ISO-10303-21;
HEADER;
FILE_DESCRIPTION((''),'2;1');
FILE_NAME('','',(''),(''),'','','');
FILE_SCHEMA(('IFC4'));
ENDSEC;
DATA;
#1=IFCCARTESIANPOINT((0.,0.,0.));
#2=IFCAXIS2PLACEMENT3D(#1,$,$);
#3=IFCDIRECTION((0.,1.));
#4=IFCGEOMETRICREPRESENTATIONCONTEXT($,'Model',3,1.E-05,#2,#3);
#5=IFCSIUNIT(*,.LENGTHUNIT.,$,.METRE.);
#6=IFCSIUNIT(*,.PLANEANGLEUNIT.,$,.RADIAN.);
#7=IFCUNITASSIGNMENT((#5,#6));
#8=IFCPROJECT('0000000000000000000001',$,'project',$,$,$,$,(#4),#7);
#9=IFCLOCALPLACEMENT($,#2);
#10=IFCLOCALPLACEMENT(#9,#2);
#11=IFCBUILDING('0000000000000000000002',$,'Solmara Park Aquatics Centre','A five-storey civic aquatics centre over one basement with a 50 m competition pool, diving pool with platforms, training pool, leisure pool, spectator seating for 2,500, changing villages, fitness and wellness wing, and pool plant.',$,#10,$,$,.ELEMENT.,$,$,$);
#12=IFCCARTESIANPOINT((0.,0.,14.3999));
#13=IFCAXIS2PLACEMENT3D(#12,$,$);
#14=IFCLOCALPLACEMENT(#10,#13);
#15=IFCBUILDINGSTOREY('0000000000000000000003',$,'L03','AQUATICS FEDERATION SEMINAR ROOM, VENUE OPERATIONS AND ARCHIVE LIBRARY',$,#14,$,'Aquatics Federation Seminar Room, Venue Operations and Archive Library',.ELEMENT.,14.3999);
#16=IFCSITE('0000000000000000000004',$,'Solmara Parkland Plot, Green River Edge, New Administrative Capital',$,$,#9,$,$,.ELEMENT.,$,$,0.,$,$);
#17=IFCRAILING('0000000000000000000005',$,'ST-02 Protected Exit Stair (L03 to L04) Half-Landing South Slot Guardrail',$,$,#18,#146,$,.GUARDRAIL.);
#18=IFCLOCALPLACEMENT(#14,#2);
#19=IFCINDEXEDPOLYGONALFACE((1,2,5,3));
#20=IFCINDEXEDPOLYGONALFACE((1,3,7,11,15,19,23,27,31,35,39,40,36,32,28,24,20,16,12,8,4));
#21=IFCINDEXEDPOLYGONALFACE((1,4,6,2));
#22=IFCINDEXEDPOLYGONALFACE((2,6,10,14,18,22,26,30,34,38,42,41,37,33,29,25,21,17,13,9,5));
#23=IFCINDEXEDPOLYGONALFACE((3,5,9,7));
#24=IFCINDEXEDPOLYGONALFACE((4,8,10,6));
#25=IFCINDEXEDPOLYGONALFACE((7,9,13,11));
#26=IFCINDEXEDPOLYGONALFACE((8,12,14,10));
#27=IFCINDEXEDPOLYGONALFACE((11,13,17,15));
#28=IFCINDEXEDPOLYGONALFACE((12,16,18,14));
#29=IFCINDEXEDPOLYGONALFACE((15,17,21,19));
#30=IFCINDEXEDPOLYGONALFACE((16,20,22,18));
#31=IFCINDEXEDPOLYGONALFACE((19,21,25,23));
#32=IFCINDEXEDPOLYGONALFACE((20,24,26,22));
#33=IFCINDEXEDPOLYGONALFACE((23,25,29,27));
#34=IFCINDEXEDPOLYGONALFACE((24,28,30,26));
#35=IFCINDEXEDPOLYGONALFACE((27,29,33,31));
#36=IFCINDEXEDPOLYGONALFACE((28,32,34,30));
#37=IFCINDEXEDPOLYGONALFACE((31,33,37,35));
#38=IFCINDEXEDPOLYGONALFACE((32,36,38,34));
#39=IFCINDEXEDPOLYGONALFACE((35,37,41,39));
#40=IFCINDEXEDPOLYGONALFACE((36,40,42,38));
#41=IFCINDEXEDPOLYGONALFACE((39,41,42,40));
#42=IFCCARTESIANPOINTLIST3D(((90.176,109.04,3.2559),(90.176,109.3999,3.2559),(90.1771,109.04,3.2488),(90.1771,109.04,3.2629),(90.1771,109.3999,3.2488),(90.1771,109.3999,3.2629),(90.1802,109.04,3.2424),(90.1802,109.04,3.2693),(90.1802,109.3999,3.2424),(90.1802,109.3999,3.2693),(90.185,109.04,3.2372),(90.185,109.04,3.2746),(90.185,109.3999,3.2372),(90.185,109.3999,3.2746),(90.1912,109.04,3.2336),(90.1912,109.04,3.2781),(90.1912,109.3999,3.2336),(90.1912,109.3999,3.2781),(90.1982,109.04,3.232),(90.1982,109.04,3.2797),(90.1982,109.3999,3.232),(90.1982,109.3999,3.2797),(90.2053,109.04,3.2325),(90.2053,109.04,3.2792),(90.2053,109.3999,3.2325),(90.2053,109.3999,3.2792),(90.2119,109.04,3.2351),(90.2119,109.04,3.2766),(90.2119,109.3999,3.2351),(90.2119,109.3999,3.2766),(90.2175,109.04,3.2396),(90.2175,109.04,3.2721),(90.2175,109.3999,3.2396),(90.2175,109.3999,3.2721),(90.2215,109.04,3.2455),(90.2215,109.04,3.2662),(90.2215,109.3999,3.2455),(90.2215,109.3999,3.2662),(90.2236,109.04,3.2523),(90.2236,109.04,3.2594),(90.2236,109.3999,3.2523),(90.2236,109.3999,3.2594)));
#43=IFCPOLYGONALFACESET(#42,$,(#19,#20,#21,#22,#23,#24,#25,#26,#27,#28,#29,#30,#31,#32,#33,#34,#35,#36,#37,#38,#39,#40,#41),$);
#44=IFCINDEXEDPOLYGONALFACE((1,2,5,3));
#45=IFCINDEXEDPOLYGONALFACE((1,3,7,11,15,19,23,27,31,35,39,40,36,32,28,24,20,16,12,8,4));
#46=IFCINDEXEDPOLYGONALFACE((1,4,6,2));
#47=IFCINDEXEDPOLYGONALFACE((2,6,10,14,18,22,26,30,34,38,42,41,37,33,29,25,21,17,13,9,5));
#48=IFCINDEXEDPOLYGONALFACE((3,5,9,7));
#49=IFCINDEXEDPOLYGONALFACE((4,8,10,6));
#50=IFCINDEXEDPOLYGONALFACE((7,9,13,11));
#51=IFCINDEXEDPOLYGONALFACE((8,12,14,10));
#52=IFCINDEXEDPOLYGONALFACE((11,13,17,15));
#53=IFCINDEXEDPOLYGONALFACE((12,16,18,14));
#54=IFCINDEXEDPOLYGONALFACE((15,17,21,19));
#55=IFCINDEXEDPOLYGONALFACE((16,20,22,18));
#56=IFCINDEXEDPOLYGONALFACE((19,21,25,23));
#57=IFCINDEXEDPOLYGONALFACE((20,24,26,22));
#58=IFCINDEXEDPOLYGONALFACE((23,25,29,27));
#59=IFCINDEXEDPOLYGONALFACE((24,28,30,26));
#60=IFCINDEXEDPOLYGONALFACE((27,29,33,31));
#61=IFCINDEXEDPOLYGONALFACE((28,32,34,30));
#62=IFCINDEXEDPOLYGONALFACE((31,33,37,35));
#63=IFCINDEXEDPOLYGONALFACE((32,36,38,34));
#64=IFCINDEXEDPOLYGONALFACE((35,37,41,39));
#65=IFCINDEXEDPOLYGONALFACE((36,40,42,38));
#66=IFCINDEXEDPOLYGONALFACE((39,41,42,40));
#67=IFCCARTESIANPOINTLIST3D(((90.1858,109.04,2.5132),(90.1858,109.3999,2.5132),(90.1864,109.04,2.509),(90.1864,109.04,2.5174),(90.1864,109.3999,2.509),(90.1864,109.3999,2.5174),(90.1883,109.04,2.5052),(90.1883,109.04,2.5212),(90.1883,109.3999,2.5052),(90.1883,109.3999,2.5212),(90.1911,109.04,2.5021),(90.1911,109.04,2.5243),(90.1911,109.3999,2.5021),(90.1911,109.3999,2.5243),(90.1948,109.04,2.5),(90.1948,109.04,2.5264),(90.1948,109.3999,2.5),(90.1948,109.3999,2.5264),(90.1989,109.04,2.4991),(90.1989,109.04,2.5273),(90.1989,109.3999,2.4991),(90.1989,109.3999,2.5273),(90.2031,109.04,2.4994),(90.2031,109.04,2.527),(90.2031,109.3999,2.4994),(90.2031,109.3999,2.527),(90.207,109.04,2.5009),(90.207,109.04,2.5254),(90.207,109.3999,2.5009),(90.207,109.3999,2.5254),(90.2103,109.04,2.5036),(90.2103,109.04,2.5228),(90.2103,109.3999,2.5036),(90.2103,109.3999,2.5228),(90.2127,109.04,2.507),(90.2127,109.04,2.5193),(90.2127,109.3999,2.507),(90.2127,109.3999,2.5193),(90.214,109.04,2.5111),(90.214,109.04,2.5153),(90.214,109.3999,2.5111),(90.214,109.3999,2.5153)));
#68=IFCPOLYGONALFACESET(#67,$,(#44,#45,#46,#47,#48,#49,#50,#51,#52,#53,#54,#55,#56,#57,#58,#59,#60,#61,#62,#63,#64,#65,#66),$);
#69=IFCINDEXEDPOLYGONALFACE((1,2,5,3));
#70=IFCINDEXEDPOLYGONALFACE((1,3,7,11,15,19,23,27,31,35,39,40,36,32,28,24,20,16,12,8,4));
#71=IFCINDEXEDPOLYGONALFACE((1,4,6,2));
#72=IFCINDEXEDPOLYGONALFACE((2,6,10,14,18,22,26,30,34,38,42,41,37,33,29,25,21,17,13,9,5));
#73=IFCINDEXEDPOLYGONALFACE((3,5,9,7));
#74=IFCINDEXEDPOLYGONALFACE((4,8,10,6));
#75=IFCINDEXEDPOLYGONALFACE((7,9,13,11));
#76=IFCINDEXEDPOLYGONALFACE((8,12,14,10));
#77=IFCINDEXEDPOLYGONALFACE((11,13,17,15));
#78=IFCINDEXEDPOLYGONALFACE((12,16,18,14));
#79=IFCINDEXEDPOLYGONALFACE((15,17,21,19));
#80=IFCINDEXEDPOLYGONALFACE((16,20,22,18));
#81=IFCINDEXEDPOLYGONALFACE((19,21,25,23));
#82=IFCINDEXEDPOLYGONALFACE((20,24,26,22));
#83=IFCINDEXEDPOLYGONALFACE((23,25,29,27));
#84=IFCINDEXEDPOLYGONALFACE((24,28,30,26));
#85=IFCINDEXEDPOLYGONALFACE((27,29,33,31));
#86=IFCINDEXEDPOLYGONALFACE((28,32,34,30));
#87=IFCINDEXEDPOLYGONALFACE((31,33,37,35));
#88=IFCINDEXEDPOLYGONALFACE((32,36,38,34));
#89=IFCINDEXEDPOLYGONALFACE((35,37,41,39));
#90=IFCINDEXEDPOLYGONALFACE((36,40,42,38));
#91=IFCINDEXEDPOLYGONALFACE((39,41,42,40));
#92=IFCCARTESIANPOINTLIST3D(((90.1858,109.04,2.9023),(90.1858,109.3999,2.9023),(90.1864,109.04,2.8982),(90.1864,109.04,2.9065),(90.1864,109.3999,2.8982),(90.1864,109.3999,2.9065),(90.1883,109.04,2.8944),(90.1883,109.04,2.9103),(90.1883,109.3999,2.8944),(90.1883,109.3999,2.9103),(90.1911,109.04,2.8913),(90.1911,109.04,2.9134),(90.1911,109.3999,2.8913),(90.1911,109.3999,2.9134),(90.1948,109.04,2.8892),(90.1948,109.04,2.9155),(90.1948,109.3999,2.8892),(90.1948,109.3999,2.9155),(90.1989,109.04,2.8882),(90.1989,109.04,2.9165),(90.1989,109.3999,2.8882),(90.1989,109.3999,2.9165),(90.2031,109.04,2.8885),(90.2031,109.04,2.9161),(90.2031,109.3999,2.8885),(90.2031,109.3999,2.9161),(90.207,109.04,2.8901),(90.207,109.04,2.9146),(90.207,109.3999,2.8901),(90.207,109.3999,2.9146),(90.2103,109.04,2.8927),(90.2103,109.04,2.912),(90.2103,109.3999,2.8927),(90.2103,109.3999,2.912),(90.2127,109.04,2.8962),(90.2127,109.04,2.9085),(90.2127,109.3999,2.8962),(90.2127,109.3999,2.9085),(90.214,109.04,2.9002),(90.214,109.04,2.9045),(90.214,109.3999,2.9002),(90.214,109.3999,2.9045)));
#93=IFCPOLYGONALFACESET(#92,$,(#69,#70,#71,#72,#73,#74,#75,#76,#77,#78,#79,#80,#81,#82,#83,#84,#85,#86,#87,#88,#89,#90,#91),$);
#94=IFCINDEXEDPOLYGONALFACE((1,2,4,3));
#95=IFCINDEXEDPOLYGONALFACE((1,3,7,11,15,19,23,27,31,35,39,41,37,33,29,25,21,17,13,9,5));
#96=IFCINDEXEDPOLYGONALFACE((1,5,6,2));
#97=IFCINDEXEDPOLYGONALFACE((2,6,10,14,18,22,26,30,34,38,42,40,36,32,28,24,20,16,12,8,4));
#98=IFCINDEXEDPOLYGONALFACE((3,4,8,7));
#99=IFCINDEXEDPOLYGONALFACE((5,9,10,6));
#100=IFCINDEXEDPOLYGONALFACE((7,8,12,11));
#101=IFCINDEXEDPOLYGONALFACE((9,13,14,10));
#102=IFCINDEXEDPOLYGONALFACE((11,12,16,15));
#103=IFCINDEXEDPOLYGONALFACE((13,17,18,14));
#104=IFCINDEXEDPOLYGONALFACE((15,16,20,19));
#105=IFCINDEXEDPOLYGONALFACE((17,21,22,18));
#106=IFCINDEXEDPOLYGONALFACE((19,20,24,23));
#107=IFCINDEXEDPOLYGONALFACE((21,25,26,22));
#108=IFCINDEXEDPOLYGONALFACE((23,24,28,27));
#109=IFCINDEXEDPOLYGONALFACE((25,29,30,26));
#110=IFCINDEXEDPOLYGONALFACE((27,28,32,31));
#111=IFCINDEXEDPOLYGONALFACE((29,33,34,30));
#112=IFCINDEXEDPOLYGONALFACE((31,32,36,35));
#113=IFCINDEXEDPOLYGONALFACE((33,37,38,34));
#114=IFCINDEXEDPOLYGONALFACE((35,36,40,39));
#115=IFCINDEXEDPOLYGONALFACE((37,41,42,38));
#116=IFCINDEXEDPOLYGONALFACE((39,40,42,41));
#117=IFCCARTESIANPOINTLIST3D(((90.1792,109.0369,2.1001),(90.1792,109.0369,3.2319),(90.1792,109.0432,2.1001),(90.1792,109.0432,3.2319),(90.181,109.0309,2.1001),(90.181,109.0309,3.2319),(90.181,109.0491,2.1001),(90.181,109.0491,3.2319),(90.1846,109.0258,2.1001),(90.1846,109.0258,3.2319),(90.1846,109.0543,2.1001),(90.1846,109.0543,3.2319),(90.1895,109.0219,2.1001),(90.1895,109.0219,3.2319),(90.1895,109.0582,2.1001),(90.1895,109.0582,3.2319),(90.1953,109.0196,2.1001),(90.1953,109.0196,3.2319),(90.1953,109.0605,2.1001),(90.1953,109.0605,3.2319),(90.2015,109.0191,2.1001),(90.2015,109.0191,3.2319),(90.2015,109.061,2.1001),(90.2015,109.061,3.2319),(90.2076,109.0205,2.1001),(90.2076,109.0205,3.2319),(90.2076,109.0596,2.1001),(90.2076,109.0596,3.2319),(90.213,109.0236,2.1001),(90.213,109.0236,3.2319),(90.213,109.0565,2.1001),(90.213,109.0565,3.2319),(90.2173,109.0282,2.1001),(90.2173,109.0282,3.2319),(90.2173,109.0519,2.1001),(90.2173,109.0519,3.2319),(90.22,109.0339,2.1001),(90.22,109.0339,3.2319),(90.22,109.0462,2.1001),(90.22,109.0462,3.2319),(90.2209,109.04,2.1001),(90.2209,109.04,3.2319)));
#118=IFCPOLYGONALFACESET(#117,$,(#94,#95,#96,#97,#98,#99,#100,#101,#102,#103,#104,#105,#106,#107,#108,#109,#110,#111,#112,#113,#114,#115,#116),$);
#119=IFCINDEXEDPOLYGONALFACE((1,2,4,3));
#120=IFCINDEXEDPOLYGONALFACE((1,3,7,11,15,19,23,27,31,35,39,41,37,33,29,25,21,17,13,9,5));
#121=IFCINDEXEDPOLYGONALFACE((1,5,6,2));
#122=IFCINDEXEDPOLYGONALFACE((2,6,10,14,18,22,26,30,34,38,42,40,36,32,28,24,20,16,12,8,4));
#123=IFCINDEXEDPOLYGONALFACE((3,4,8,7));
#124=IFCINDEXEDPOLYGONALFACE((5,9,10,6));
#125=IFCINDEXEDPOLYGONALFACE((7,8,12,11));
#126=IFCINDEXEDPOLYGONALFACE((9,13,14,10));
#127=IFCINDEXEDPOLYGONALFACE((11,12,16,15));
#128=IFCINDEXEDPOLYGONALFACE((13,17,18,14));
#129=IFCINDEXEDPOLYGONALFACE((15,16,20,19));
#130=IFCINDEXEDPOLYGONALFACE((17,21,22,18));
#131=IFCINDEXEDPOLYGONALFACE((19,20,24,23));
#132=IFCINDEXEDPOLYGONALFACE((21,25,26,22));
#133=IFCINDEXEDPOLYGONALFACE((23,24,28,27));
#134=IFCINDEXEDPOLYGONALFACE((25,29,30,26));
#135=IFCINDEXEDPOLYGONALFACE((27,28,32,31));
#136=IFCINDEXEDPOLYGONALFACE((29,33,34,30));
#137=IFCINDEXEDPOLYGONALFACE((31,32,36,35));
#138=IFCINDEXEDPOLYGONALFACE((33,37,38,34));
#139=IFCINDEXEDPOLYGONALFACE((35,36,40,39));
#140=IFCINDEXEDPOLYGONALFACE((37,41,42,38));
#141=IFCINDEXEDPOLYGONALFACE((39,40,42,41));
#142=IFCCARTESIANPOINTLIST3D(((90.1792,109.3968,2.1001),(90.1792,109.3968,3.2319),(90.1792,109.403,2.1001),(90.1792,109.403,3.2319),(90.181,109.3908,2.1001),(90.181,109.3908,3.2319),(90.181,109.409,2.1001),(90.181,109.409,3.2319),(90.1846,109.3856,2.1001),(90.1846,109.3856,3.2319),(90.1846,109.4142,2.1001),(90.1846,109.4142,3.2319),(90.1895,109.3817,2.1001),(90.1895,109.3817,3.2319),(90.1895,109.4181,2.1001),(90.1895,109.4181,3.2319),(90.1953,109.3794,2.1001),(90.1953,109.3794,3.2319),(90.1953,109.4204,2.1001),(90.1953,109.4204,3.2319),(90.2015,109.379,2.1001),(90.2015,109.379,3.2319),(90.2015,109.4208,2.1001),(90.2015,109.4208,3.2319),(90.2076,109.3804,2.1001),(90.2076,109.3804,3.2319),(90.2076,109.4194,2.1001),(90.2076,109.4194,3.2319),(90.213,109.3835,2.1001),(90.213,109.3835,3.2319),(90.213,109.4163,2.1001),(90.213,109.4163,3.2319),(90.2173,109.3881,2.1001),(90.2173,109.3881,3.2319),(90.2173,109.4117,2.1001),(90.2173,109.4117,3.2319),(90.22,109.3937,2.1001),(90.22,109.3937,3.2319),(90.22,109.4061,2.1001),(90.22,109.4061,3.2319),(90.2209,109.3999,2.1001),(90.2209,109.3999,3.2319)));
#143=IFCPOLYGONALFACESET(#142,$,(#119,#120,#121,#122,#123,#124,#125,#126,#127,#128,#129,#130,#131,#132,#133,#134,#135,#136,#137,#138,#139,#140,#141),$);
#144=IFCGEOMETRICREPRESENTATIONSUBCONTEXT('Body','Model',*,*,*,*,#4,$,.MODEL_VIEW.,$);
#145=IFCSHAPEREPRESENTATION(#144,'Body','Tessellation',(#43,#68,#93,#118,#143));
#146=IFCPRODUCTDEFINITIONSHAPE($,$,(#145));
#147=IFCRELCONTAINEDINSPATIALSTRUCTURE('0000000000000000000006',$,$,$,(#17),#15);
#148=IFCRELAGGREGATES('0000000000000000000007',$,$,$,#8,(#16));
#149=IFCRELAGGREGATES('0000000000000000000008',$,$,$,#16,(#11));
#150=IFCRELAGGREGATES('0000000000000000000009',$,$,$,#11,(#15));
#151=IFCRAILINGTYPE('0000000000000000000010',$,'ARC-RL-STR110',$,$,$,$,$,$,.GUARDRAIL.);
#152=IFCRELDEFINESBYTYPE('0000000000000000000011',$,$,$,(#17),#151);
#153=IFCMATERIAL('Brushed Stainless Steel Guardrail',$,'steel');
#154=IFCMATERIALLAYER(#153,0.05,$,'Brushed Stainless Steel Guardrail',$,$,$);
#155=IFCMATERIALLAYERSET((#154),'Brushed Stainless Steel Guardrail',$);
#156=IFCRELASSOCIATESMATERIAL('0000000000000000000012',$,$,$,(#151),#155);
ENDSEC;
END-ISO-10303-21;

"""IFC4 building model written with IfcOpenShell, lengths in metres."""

from ifc_helpers import new_model, si_unit, direction, frame, origin, origin_2d, place, context, subcontext, project, spatial, circle, extrude, material, layer, layer_set, type_object, element, save


model = new_model("IFC4")

# Units and contexts
model_context = context("Model", 3, precision=1e-05, world=origin(), true_north=direction((0.0, 1.0)))
body_context = subcontext(model_context, "Body", "Model", "MODEL_VIEW")
ifc_project = project(units=[si_unit("LENGTHUNIT", "METRE"), si_unit("PLANEANGLEUNIT", "RADIAN")], contexts=[model_context])

# Site, building, storey
site_placement = place(None, origin())
site = spatial("IfcSite", under=ifc_project, at=site_placement, Name="Solmara Parkland Plot, Green River Edge, New Administrative Capital", CompositionType="ELEMENT", RefElevation=0.0)
building_placement = place(site_placement, origin())
building = spatial("IfcBuilding", under=site, at=building_placement, Name="Solmara Park Aquatics Centre", Description="A five-storey civic aquatics centre over one basement with a 50 m competition pool, diving pool with platforms, training pool, leisure pool, spectator seating for 2,500, changing villages, fitness and wellness wing, and pool plant.", CompositionType="ELEMENT")
storey_placement = place(building_placement, frame((0.0, 0.0, 14.3999)))
storey = spatial("IfcBuildingStorey", under=building, at=storey_placement, Name="L03", Description="AQUATICS FEDERATION SEMINAR ROOM, VENUE OPERATIONS AND ARCHIVE LIBRARY", LongName="Aquatics Federation Seminar Room, Venue Operations and Archive Library", CompositionType="ELEMENT", Elevation=14.3999)

# Railing
ifc_material_1 = material(Name="Brushed Stainless Steel Guardrail", Category="steel")
ifc_layer_1 = layer(ifc_material_1, 0.05, Name="Brushed Stainless Steel Guardrail")
ifc_layer_set_1 = layer_set([ifc_layer_1], Name="Brushed Stainless Steel Guardrail")
railing_type_1 = type_object("IfcRailingType", Name="ARC-RL-STR110", PredefinedType="GUARDRAIL", material=ifc_layer_set_1)
for number, where, name in (
    (1, (90.2, 109.04, 2.1001), "ST-02 Protected Exit Stair (L03 to L04) Half-Landing South Slot Guardrail"),
):
    element("IfcRailing", number, at=place(storey_placement, frame(where)), inside=storey, type_object=railing_type_1, Name=name, PredefinedType="GUARDRAIL", context=body_context, shape_type="SweptSolid", body=[
        extrude(circle(Radius=0.0239, at=origin_2d()), frame((0.0, 0.0, 1.1558), z_axis=(0.0, 1.0, 0.0), x_axis=(-1.0, 0.0, 0.0)), (0.0, 0.0, 1.0), 0.3599),
        extrude(circle(Radius=0.0142, at=origin_2d()), frame((0.0, 0.0, 0.4131), z_axis=(0.0, 1.0, 0.0), x_axis=(-1.0, 0.0, 0.0)), (0.0, 0.0, 1.0), 0.3599),
        extrude(circle(Radius=0.0142, at=origin_2d()), frame((0.0, 0.0, 0.8022), z_axis=(0.0, 1.0, 0.0), x_axis=(-1.0, 0.0, 0.0)), (0.0, 0.0, 1.0), 0.3599),
        extrude(circle(Radius=0.021, at=origin_2d()), origin(), (0.0, 0.0, 1.0), 1.1318),
        extrude(circle(Radius=0.021, at=origin_2d()), frame((0.0, 0.3599, 0.0)), (0.0, 0.0, 1.0), 1.1318),
    ])

save(model, "model.ifc")
